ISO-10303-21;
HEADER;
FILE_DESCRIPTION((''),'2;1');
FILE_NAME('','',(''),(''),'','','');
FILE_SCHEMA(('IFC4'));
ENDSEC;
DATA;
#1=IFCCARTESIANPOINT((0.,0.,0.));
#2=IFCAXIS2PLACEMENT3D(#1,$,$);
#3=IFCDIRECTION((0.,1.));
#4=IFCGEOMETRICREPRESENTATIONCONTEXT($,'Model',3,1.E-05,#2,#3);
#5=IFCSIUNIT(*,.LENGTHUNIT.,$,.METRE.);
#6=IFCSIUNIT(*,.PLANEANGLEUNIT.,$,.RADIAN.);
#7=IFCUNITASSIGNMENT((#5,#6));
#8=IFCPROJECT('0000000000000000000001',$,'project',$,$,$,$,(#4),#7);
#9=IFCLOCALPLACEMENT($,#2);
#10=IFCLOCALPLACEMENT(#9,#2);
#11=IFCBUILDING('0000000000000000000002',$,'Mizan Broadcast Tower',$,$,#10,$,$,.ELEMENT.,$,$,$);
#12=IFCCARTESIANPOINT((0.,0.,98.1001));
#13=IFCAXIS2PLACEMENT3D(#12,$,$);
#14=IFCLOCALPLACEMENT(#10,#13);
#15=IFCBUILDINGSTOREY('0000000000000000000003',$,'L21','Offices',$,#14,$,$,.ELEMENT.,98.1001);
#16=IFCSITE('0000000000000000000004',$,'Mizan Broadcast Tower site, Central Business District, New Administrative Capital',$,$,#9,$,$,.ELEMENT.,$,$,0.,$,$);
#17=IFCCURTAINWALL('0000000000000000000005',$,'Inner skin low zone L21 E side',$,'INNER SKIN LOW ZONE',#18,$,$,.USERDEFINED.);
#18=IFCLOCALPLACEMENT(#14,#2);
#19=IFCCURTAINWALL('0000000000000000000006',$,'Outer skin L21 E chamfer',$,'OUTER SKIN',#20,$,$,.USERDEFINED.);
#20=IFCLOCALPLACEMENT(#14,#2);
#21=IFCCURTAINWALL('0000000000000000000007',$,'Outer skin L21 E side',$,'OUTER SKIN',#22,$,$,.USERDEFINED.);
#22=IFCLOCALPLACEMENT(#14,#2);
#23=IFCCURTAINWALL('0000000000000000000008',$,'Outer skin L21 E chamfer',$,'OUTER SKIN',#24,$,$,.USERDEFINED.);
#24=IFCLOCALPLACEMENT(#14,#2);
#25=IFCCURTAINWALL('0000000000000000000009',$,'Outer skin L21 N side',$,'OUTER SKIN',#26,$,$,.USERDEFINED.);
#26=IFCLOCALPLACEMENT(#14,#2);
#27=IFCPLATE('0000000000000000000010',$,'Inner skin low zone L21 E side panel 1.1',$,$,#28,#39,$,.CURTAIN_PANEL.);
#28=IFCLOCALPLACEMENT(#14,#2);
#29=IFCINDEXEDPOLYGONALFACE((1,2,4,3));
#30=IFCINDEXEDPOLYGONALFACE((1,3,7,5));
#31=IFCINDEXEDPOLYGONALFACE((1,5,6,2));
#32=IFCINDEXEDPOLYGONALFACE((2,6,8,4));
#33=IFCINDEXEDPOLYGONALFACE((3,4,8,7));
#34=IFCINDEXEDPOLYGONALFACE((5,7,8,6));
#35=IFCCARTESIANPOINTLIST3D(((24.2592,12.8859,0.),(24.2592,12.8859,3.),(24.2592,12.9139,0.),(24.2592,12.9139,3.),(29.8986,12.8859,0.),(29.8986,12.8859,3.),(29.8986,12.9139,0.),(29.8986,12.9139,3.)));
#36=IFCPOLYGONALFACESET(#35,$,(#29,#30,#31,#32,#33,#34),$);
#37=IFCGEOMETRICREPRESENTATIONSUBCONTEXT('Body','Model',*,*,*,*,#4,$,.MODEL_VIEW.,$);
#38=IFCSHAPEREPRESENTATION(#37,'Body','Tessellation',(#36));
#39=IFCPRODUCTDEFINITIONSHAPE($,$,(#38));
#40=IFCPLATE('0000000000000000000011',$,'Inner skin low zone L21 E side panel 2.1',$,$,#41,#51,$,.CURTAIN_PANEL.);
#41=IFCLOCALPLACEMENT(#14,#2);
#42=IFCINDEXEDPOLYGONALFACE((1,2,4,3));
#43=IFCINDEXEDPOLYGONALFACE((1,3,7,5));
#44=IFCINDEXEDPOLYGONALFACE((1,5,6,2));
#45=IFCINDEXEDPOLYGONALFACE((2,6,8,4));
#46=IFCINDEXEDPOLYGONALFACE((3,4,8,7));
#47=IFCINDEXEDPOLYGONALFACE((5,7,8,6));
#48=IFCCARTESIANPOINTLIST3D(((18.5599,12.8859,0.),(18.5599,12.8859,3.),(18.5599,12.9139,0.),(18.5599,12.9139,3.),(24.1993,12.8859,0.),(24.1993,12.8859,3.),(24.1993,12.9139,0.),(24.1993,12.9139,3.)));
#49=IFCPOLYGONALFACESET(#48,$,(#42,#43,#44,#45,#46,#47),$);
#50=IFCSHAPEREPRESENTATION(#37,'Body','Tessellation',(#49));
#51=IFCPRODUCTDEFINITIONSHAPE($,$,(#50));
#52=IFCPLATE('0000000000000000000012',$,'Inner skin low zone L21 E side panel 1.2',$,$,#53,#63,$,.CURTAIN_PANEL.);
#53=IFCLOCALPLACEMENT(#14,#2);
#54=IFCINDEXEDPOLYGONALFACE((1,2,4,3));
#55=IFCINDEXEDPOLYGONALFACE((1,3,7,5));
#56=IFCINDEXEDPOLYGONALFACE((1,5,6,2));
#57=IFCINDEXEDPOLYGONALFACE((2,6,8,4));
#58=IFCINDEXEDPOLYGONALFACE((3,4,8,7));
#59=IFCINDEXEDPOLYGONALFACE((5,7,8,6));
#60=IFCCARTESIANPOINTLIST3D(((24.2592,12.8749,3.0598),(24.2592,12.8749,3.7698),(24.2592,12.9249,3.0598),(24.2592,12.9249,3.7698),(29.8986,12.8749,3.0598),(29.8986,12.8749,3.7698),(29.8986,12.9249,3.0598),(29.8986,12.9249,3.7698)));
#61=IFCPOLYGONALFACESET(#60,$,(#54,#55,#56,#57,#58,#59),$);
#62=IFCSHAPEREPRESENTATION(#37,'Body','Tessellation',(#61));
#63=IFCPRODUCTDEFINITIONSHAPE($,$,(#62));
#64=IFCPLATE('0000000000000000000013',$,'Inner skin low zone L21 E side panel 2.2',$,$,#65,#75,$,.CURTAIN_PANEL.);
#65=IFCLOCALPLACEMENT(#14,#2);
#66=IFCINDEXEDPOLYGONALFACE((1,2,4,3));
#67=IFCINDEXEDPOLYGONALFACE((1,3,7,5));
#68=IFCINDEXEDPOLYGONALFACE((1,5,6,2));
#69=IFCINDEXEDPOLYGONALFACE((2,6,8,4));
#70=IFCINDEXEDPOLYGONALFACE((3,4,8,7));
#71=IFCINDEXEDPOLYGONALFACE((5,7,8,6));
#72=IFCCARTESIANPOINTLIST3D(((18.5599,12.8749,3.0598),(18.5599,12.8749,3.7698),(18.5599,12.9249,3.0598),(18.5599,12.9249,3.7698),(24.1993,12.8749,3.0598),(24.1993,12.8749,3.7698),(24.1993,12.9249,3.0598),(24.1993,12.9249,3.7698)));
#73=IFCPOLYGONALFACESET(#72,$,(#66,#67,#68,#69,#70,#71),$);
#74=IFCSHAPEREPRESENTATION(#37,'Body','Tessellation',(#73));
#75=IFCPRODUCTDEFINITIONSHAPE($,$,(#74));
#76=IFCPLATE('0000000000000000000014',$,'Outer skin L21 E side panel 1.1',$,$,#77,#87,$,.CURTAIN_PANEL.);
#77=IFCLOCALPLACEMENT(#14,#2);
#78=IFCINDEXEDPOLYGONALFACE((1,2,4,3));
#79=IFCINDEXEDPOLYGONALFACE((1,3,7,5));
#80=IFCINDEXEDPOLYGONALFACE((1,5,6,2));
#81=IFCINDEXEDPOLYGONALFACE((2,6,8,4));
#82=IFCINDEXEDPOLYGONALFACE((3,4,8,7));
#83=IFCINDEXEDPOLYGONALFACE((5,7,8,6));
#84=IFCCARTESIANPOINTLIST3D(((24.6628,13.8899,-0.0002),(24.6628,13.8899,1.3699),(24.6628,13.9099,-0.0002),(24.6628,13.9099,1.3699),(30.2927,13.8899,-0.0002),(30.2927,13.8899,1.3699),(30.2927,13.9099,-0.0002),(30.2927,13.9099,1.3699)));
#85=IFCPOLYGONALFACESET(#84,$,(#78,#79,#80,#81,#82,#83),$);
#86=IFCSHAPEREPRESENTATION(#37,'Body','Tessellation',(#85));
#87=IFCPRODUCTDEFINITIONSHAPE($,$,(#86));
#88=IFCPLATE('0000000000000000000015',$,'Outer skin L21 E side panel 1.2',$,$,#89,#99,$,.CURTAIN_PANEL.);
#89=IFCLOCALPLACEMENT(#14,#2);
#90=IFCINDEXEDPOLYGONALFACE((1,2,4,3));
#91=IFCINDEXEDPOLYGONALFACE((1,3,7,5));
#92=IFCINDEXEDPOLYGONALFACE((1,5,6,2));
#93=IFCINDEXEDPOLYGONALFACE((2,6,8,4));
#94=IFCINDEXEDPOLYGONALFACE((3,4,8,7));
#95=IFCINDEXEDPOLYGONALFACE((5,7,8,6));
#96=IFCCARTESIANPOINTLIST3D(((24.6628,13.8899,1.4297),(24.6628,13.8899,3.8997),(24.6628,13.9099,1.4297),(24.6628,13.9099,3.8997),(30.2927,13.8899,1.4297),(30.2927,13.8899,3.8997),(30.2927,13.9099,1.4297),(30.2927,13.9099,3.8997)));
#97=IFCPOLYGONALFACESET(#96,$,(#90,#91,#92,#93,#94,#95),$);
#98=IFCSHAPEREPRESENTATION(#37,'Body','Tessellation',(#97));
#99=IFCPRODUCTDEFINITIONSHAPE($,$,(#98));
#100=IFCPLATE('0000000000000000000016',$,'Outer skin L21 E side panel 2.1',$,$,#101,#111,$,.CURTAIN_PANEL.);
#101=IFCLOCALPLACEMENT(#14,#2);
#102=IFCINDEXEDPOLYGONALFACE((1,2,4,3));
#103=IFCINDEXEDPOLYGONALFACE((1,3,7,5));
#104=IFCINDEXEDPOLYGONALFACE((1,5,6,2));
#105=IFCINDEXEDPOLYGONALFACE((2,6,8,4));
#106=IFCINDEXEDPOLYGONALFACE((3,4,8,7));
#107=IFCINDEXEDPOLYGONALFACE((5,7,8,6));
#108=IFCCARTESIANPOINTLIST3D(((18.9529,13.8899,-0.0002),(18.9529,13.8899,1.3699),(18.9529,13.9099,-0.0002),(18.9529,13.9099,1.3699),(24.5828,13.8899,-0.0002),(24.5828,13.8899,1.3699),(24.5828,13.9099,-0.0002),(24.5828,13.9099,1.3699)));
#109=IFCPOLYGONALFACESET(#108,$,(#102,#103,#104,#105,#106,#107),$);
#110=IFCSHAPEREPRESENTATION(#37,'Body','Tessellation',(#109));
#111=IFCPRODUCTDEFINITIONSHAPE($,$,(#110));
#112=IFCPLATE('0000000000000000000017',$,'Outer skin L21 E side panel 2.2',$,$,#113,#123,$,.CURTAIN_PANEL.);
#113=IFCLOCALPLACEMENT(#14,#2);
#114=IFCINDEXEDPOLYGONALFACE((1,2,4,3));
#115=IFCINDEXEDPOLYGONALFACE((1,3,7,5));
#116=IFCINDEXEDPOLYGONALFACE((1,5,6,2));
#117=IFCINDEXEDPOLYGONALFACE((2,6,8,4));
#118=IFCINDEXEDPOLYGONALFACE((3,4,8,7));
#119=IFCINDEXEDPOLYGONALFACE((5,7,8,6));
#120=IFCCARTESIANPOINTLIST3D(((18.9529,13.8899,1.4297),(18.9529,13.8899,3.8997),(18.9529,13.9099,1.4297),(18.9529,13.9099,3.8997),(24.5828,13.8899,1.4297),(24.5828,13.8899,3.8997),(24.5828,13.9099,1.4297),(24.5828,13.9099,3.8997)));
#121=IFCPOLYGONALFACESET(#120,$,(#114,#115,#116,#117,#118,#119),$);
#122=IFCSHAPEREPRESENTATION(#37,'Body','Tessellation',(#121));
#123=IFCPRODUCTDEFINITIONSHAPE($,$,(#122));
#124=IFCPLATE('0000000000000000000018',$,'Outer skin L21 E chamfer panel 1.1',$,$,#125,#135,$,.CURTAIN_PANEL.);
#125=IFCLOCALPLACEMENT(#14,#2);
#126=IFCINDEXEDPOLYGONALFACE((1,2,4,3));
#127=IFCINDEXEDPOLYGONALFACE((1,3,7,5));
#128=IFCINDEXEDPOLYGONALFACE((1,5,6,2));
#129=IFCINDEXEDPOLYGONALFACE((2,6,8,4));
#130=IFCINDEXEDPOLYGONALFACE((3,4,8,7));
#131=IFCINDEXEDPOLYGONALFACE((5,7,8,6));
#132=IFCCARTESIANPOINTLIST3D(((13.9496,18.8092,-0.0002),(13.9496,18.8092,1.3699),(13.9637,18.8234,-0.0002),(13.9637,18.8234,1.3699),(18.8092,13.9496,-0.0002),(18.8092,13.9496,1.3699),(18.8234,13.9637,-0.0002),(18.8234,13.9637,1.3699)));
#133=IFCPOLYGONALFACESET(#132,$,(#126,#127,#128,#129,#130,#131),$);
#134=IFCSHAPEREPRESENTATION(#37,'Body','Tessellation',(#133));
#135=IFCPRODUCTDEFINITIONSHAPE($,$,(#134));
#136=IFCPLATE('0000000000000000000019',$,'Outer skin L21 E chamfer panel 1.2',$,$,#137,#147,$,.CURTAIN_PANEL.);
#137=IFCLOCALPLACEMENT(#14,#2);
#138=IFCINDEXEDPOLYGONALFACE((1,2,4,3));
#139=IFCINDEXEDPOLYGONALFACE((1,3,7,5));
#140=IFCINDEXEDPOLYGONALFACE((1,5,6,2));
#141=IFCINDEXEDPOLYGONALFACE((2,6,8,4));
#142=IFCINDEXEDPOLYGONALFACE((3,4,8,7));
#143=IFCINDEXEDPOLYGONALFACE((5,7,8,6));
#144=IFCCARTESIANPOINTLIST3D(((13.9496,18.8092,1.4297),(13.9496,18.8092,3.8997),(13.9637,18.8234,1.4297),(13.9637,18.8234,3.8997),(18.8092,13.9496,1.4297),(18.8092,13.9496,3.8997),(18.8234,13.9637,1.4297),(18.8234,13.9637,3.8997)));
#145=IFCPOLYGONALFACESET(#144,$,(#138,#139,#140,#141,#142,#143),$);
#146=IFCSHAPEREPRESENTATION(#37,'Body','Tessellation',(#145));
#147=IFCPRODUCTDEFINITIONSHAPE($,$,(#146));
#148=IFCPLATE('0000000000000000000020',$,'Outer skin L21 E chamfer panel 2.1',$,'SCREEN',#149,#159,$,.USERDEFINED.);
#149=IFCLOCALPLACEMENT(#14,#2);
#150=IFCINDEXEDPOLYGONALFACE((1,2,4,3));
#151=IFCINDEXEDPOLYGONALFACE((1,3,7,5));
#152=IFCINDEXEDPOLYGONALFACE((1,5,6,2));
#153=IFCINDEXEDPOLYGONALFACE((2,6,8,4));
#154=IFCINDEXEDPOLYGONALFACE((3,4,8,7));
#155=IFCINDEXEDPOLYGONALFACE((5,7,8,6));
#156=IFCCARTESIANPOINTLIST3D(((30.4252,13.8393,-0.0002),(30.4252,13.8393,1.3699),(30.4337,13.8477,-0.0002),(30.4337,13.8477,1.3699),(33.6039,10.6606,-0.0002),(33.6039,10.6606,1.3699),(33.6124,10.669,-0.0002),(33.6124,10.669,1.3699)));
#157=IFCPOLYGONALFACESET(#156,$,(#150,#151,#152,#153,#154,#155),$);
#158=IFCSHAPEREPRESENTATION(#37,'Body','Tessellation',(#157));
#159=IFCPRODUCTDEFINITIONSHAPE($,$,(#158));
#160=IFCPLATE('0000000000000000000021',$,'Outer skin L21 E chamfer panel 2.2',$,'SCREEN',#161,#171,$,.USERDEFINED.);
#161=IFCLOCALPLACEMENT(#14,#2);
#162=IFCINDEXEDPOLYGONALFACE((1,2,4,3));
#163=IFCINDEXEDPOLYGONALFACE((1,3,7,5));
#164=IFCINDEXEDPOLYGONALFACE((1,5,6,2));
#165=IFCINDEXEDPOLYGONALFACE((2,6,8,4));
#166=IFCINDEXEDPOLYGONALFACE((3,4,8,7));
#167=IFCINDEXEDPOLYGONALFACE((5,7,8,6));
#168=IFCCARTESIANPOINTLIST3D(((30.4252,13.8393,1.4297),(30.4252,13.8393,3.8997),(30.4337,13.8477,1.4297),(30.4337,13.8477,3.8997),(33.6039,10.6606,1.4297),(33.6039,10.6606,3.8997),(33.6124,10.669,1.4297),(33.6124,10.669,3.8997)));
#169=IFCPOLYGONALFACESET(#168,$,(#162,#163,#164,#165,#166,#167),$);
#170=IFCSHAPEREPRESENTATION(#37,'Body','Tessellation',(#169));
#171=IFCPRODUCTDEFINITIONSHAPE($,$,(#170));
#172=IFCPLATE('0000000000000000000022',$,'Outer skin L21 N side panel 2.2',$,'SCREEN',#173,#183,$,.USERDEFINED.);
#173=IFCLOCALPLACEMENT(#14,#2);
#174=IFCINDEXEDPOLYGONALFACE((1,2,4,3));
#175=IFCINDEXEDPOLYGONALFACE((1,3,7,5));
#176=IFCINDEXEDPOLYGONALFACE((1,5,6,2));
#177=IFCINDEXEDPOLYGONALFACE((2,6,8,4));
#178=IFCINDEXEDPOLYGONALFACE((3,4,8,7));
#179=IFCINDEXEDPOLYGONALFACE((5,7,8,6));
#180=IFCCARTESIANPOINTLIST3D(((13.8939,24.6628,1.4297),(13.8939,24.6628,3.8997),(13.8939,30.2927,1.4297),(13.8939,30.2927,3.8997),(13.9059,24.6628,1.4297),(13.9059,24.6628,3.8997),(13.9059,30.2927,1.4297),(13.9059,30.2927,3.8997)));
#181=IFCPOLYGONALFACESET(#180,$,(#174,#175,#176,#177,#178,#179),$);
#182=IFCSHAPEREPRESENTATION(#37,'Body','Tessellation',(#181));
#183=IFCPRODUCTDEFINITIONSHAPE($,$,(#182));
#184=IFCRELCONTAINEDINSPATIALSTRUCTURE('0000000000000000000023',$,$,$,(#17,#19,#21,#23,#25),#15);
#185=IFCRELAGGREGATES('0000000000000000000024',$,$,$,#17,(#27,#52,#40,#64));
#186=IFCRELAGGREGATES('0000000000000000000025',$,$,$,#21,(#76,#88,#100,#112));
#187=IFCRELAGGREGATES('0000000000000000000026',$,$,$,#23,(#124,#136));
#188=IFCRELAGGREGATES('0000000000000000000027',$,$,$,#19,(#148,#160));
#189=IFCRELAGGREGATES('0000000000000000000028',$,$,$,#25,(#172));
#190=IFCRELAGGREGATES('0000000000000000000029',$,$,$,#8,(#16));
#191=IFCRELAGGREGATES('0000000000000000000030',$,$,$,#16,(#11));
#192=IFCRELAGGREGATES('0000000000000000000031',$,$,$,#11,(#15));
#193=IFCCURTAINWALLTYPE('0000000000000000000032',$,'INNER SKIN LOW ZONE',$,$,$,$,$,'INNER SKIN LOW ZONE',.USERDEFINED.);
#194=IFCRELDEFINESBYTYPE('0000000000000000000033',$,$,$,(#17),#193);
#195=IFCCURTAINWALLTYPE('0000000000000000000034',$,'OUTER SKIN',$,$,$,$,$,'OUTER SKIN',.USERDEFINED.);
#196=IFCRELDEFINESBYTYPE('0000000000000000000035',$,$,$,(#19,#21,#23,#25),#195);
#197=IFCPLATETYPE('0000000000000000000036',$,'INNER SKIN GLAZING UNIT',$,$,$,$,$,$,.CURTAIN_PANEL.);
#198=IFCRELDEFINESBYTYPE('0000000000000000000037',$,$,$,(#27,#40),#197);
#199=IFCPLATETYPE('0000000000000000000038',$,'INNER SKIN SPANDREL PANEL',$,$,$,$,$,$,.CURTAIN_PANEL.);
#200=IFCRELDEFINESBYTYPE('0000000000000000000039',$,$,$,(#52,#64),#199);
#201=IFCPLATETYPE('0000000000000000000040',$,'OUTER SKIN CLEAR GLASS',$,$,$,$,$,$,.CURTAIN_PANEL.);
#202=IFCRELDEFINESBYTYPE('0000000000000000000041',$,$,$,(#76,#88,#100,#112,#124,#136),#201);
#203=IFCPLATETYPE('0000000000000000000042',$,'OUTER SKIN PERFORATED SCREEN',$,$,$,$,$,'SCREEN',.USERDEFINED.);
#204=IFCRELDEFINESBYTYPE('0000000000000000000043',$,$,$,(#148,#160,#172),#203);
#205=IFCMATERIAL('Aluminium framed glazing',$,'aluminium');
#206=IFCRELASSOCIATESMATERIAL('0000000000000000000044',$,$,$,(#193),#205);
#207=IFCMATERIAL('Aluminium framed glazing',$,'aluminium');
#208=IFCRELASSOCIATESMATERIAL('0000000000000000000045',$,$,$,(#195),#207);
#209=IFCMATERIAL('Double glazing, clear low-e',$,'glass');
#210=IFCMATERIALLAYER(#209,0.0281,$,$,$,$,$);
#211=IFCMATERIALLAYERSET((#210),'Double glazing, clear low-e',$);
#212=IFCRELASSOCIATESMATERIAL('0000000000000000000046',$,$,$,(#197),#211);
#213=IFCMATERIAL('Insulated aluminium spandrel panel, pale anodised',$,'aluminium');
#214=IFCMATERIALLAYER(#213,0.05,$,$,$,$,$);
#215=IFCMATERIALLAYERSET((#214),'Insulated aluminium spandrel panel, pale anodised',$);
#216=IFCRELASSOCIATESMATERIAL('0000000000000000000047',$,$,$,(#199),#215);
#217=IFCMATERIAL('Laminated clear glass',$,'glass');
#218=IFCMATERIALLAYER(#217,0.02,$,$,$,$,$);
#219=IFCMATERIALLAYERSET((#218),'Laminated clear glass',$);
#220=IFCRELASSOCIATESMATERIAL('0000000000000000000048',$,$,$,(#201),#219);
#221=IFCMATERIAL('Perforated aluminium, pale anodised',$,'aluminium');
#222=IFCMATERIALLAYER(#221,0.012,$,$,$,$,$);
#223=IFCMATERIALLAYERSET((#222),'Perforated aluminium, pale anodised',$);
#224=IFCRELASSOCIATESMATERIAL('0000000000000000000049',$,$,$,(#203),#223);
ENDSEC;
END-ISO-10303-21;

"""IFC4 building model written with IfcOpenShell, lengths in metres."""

from ifc_helpers import new_model, si_unit, direction, frame, origin, origin_2d, place, context, subcontext, project, spatial, rectangle, extrude, material, layer, layer_set, type_object, element, aggregate, save


model = new_model("IFC4")

# Units and contexts
model_context = context("Model", 3, precision=1e-05, world=origin(), true_north=direction((0.0, 1.0)))
body_context = subcontext(model_context, "Body", "Model", "MODEL_VIEW")
ifc_project = project(units=[si_unit("LENGTHUNIT", "METRE"), si_unit("PLANEANGLEUNIT", "RADIAN")], contexts=[model_context])

# Site, building, storey
site_placement = place(None, origin())
site = spatial("IfcSite", under=ifc_project, at=site_placement, Name="Mizan Broadcast Tower site, Central Business District, New Administrative Capital", CompositionType="ELEMENT", RefElevation=0.0)
building_placement = place(site_placement, origin())
building = spatial("IfcBuilding", under=site, at=building_placement, Name="Mizan Broadcast Tower", CompositionType="ELEMENT")
storey_placement = place(building_placement, frame((0.0, 0.0, 98.1001)))
storey = spatial("IfcBuildingStorey", under=building, at=storey_placement, Name="L21", Description="Offices", CompositionType="ELEMENT", Elevation=98.1001)

# Shared definitions
ifc_material_1 = material(Name="Aluminium framed glazing", Category="aluminium")
curtain_wall_type_1 = type_object("IfcCurtainWallType", Name="INNER SKIN LOW ZONE", ElementType="INNER SKIN LOW ZONE", PredefinedType="USERDEFINED", material=ifc_material_1)

# Curtain wall
curtain_wall_1_placement = place(storey_placement, origin())
curtain_wall_1 = element("IfcCurtainWall", 1, at=curtain_wall_1_placement, inside=storey, type_object=curtain_wall_type_1, Name="Inner skin low zone L21 E side", ObjectType="INNER SKIN LOW ZONE", PredefinedType="USERDEFINED")

# Curtain wall
ifc_material_2 = material(Name="Aluminium framed glazing", Category="aluminium")
curtain_wall_type_2 = type_object("IfcCurtainWallType", Name="OUTER SKIN", ElementType="OUTER SKIN", PredefinedType="USERDEFINED", material=ifc_material_2)
curtain_wall_2_placement = place(storey_placement, origin())
curtain_wall_2 = element("IfcCurtainWall", 2, at=curtain_wall_2_placement, inside=storey, type_object=curtain_wall_type_2, Name="Outer skin L21 E chamfer", ObjectType="OUTER SKIN", PredefinedType="USERDEFINED")

# Curtain wall
curtain_wall_3_placement = place(storey_placement, origin())
curtain_wall_3 = element("IfcCurtainWall", 3, at=curtain_wall_3_placement, inside=storey, type_object=curtain_wall_type_2, Name="Outer skin L21 E side", ObjectType="OUTER SKIN", PredefinedType="USERDEFINED")

# Curtain walls
curtain_wall_4_placement = place(storey_placement, origin())
curtain_wall_4 = element("IfcCurtainWall", 4, at=curtain_wall_4_placement, inside=storey, type_object=curtain_wall_type_2, Name="Outer skin L21 E chamfer", ObjectType="OUTER SKIN", PredefinedType="USERDEFINED")
curtain_wall_5_placement = place(storey_placement, origin())
curtain_wall_5 = element("IfcCurtainWall", 5, at=curtain_wall_5_placement, inside=storey, type_object=curtain_wall_type_2, Name="Outer skin L21 N side", ObjectType="OUTER SKIN", PredefinedType="USERDEFINED")

# Plates
ifc_material_3 = material(Name="Double glazing, clear low-e", Category="glass")
ifc_layer_1 = layer(ifc_material_3, 0.0281)
ifc_layer_set_1 = layer_set([ifc_layer_1], Name="Double glazing, clear low-e")
plate_type_1 = type_object("IfcPlateType", Name="INNER SKIN GLAZING UNIT", PredefinedType="CURTAIN_PANEL", material=ifc_layer_set_1)
plate_1_placement = place(storey_placement, frame((27.0789, 12.8999, 0.0), z_axis=(0.0, 0.0, 1.0), x_axis=(-1.0, 0.0, 0.0)))
plate_1 = element("IfcPlate", 6, at=plate_1_placement, type_object=plate_type_1, Name="Inner skin low zone L21 E side panel 1.1", PredefinedType="CURTAIN_PANEL", context=body_context, shape_type="SweptSolid", body=[
    extrude(rectangle(XDim=5.6394, YDim=0.0281, at=origin_2d()), origin(), (0.0, 0.0, 1.0), 3.0),
])
plate_2_placement = place(storey_placement, frame((21.3796, 12.8999, 0.0), z_axis=(0.0, 0.0, 1.0), x_axis=(-1.0, 0.0, 0.0)))
plate_2 = element("IfcPlate", 7, at=plate_2_placement, type_object=plate_type_1, Name="Inner skin low zone L21 E side panel 2.1", PredefinedType="CURTAIN_PANEL", context=body_context, shape_type="SweptSolid", body=[
    extrude(rectangle(XDim=5.6394, YDim=0.0281, at=origin_2d()), origin(), (0.0, 0.0, 1.0), 3.0),
])
ifc_material_4 = material(Name="Insulated aluminium spandrel panel, pale anodised", Category="aluminium")
ifc_layer_2 = layer(ifc_material_4, 0.05)
ifc_layer_set_2 = layer_set([ifc_layer_2], Name="Insulated aluminium spandrel panel, pale anodised")
plate_type_2 = type_object("IfcPlateType", Name="INNER SKIN SPANDREL PANEL", PredefinedType="CURTAIN_PANEL", material=ifc_layer_set_2)
plate_3_placement = place(storey_placement, frame((27.0789, 12.8999, 3.0598), z_axis=(0.0, 0.0, 1.0), x_axis=(-1.0, 0.0, 0.0)))
plate_3 = element("IfcPlate", 8, at=plate_3_placement, type_object=plate_type_2, Name="Inner skin low zone L21 E side panel 1.2", PredefinedType="CURTAIN_PANEL", context=body_context, shape_type="SweptSolid", body=[
    extrude(rectangle(XDim=5.6394, YDim=0.05, at=origin_2d()), origin(), (0.0, 0.0, 1.0), 0.71),
])
plate_4_placement = place(storey_placement, frame((21.3796, 12.8999, 3.0598), z_axis=(0.0, 0.0, 1.0), x_axis=(-1.0, 0.0, 0.0)))
plate_4 = element("IfcPlate", 9, at=plate_4_placement, type_object=plate_type_2, Name="Inner skin low zone L21 E side panel 2.2", PredefinedType="CURTAIN_PANEL", context=body_context, shape_type="SweptSolid", body=[
    extrude(rectangle(XDim=5.6394, YDim=0.05, at=origin_2d()), origin(), (0.0, 0.0, 1.0), 0.71),
])
aggregate(curtain_wall_1, [plate_1, plate_3, plate_2, plate_4])
ifc_material_5 = material(Name="Laminated clear glass", Category="glass")
ifc_layer_3 = layer(ifc_material_5, 0.02)
ifc_layer_set_3 = layer_set([ifc_layer_3], Name="Laminated clear glass")
plate_type_3 = type_object("IfcPlateType", Name="OUTER SKIN CLEAR GLASS", PredefinedType="CURTAIN_PANEL", material=ifc_layer_set_3)
plate_5_placement = place(storey_placement, frame((27.4778, 13.8999, -0.0002), z_axis=(0.0, 0.0, 1.0), x_axis=(-1.0, 0.0, 0.0)))
plate_5 = element("IfcPlate", 10, at=plate_5_placement, type_object=plate_type_3, Name="Outer skin L21 E side panel 1.1", PredefinedType="CURTAIN_PANEL", context=body_context, shape_type="SweptSolid", body=[
    extrude(rectangle(XDim=5.6299, YDim=0.02, at=origin_2d()), origin(), (0.0, 0.0, 1.0), 1.3701),
])
plate_6_placement = place(storey_placement, frame((27.4778, 13.8999, 1.4297), z_axis=(0.0, 0.0, 1.0), x_axis=(-1.0, 0.0, 0.0)))
plate_6 = element("IfcPlate", 11, at=plate_6_placement, type_object=plate_type_3, Name="Outer skin L21 E side panel 1.2", PredefinedType="CURTAIN_PANEL", context=body_context, shape_type="SweptSolid", body=[
    extrude(rectangle(XDim=5.6299, YDim=0.02, at=origin_2d()), origin(), (0.0, 0.0, 1.0), 2.47),
])
plate_7_placement = place(storey_placement, frame((21.7678, 13.8999, -0.0002), z_axis=(0.0, 0.0, 1.0), x_axis=(-1.0, 0.0, 0.0)))
plate_7 = element("IfcPlate", 12, at=plate_7_placement, type_object=plate_type_3, Name="Outer skin L21 E side panel 2.1", PredefinedType="CURTAIN_PANEL", context=body_context, shape_type="SweptSolid", body=[
    extrude(rectangle(XDim=5.6299, YDim=0.02, at=origin_2d()), origin(), (0.0, 0.0, 1.0), 1.3701),
])
plate_8_placement = place(storey_placement, frame((21.7678, 13.8999, 1.4297), z_axis=(0.0, 0.0, 1.0), x_axis=(-1.0, 0.0, 0.0)))
plate_8 = element("IfcPlate", 13, at=plate_8_placement, type_object=plate_type_3, Name="Outer skin L21 E side panel 2.2", PredefinedType="CURTAIN_PANEL", context=body_context, shape_type="SweptSolid", body=[
    extrude(rectangle(XDim=5.6299, YDim=0.02, at=origin_2d()), origin(), (0.0, 0.0, 1.0), 2.47),
])
aggregate(curtain_wall_3, [plate_5, plate_6, plate_7, plate_8])
plate_9_placement = place(storey_placement, frame((16.3865, 16.3865, -0.0002), z_axis=(0.0, 0.0, 1.0), x_axis=(-0.707107, 0.707107, 0.0)))
plate_9 = element("IfcPlate", 14, at=plate_9_placement, type_object=plate_type_3, Name="Outer skin L21 E chamfer panel 1.1", PredefinedType="CURTAIN_PANEL", context=body_context, shape_type="SweptSolid", body=[
    extrude(rectangle(XDim=6.8726, YDim=0.02, at=origin_2d()), origin(), (0.0, 0.0, 1.0), 1.3701),
])
plate_10_placement = place(storey_placement, frame((16.3865, 16.3865, 1.4297), z_axis=(0.0, 0.0, 1.0), x_axis=(-0.707107, 0.707107, 0.0)))
plate_10 = element("IfcPlate", 15, at=plate_10_placement, type_object=plate_type_3, Name="Outer skin L21 E chamfer panel 1.2", PredefinedType="CURTAIN_PANEL", context=body_context, shape_type="SweptSolid", body=[
    extrude(rectangle(XDim=6.8726, YDim=0.02, at=origin_2d()), origin(), (0.0, 0.0, 1.0), 2.47),
])
aggregate(curtain_wall_4, [plate_9, plate_10])
ifc_material_6 = material(Name="Perforated aluminium, pale anodised", Category="aluminium")
ifc_layer_4 = layer(ifc_material_6, 0.012)
ifc_layer_set_4 = layer_set([ifc_layer_4], Name="Perforated aluminium, pale anodised")
plate_type_4 = type_object("IfcPlateType", Name="OUTER SKIN PERFORATED SCREEN", ElementType="SCREEN", PredefinedType="USERDEFINED", material=ifc_layer_set_4)
plate_11_placement = place(storey_placement, frame((32.0188, 12.2542, -0.0002), z_axis=(0.0, 0.0, 1.0), x_axis=(-0.707107, 0.707107, 0.0)))
plate_11 = element("IfcPlate", 16, at=plate_11_placement, type_object=plate_type_4, Name="Outer skin L21 E chamfer panel 2.1", ObjectType="SCREEN", PredefinedType="USERDEFINED", context=body_context, shape_type="SweptSolid", body=[
    extrude(rectangle(XDim=4.4954, YDim=0.012, at=origin_2d()), origin(), (0.0, 0.0, 1.0), 1.3701),
])
plate_12_placement = place(storey_placement, frame((32.0188, 12.2542, 1.4297), z_axis=(0.0, 0.0, 1.0), x_axis=(-0.707107, 0.707107, 0.0)))
plate_12 = element("IfcPlate", 17, at=plate_12_placement, type_object=plate_type_4, Name="Outer skin L21 E chamfer panel 2.2", ObjectType="SCREEN", PredefinedType="USERDEFINED", context=body_context, shape_type="SweptSolid", body=[
    extrude(rectangle(XDim=4.4954, YDim=0.012, at=origin_2d()), origin(), (0.0, 0.0, 1.0), 2.47),
])
aggregate(curtain_wall_2, [plate_11, plate_12])
plate_13_placement = place(storey_placement, frame((13.8999, 27.4778, 1.4297), z_axis=(0.0, 0.0, 1.0), x_axis=(0.0, 1.0, 0.0)))
plate_13 = element("IfcPlate", 18, at=plate_13_placement, type_object=plate_type_4, Name="Outer skin L21 N side panel 2.2", ObjectType="SCREEN", PredefinedType="USERDEFINED", context=body_context, shape_type="SweptSolid", body=[
    extrude(rectangle(XDim=5.6299, YDim=0.012, at=origin_2d()), origin(), (0.0, 0.0, 1.0), 2.47),
])
aggregate(curtain_wall_5, [plate_13])

save(model, "model.ifc")
